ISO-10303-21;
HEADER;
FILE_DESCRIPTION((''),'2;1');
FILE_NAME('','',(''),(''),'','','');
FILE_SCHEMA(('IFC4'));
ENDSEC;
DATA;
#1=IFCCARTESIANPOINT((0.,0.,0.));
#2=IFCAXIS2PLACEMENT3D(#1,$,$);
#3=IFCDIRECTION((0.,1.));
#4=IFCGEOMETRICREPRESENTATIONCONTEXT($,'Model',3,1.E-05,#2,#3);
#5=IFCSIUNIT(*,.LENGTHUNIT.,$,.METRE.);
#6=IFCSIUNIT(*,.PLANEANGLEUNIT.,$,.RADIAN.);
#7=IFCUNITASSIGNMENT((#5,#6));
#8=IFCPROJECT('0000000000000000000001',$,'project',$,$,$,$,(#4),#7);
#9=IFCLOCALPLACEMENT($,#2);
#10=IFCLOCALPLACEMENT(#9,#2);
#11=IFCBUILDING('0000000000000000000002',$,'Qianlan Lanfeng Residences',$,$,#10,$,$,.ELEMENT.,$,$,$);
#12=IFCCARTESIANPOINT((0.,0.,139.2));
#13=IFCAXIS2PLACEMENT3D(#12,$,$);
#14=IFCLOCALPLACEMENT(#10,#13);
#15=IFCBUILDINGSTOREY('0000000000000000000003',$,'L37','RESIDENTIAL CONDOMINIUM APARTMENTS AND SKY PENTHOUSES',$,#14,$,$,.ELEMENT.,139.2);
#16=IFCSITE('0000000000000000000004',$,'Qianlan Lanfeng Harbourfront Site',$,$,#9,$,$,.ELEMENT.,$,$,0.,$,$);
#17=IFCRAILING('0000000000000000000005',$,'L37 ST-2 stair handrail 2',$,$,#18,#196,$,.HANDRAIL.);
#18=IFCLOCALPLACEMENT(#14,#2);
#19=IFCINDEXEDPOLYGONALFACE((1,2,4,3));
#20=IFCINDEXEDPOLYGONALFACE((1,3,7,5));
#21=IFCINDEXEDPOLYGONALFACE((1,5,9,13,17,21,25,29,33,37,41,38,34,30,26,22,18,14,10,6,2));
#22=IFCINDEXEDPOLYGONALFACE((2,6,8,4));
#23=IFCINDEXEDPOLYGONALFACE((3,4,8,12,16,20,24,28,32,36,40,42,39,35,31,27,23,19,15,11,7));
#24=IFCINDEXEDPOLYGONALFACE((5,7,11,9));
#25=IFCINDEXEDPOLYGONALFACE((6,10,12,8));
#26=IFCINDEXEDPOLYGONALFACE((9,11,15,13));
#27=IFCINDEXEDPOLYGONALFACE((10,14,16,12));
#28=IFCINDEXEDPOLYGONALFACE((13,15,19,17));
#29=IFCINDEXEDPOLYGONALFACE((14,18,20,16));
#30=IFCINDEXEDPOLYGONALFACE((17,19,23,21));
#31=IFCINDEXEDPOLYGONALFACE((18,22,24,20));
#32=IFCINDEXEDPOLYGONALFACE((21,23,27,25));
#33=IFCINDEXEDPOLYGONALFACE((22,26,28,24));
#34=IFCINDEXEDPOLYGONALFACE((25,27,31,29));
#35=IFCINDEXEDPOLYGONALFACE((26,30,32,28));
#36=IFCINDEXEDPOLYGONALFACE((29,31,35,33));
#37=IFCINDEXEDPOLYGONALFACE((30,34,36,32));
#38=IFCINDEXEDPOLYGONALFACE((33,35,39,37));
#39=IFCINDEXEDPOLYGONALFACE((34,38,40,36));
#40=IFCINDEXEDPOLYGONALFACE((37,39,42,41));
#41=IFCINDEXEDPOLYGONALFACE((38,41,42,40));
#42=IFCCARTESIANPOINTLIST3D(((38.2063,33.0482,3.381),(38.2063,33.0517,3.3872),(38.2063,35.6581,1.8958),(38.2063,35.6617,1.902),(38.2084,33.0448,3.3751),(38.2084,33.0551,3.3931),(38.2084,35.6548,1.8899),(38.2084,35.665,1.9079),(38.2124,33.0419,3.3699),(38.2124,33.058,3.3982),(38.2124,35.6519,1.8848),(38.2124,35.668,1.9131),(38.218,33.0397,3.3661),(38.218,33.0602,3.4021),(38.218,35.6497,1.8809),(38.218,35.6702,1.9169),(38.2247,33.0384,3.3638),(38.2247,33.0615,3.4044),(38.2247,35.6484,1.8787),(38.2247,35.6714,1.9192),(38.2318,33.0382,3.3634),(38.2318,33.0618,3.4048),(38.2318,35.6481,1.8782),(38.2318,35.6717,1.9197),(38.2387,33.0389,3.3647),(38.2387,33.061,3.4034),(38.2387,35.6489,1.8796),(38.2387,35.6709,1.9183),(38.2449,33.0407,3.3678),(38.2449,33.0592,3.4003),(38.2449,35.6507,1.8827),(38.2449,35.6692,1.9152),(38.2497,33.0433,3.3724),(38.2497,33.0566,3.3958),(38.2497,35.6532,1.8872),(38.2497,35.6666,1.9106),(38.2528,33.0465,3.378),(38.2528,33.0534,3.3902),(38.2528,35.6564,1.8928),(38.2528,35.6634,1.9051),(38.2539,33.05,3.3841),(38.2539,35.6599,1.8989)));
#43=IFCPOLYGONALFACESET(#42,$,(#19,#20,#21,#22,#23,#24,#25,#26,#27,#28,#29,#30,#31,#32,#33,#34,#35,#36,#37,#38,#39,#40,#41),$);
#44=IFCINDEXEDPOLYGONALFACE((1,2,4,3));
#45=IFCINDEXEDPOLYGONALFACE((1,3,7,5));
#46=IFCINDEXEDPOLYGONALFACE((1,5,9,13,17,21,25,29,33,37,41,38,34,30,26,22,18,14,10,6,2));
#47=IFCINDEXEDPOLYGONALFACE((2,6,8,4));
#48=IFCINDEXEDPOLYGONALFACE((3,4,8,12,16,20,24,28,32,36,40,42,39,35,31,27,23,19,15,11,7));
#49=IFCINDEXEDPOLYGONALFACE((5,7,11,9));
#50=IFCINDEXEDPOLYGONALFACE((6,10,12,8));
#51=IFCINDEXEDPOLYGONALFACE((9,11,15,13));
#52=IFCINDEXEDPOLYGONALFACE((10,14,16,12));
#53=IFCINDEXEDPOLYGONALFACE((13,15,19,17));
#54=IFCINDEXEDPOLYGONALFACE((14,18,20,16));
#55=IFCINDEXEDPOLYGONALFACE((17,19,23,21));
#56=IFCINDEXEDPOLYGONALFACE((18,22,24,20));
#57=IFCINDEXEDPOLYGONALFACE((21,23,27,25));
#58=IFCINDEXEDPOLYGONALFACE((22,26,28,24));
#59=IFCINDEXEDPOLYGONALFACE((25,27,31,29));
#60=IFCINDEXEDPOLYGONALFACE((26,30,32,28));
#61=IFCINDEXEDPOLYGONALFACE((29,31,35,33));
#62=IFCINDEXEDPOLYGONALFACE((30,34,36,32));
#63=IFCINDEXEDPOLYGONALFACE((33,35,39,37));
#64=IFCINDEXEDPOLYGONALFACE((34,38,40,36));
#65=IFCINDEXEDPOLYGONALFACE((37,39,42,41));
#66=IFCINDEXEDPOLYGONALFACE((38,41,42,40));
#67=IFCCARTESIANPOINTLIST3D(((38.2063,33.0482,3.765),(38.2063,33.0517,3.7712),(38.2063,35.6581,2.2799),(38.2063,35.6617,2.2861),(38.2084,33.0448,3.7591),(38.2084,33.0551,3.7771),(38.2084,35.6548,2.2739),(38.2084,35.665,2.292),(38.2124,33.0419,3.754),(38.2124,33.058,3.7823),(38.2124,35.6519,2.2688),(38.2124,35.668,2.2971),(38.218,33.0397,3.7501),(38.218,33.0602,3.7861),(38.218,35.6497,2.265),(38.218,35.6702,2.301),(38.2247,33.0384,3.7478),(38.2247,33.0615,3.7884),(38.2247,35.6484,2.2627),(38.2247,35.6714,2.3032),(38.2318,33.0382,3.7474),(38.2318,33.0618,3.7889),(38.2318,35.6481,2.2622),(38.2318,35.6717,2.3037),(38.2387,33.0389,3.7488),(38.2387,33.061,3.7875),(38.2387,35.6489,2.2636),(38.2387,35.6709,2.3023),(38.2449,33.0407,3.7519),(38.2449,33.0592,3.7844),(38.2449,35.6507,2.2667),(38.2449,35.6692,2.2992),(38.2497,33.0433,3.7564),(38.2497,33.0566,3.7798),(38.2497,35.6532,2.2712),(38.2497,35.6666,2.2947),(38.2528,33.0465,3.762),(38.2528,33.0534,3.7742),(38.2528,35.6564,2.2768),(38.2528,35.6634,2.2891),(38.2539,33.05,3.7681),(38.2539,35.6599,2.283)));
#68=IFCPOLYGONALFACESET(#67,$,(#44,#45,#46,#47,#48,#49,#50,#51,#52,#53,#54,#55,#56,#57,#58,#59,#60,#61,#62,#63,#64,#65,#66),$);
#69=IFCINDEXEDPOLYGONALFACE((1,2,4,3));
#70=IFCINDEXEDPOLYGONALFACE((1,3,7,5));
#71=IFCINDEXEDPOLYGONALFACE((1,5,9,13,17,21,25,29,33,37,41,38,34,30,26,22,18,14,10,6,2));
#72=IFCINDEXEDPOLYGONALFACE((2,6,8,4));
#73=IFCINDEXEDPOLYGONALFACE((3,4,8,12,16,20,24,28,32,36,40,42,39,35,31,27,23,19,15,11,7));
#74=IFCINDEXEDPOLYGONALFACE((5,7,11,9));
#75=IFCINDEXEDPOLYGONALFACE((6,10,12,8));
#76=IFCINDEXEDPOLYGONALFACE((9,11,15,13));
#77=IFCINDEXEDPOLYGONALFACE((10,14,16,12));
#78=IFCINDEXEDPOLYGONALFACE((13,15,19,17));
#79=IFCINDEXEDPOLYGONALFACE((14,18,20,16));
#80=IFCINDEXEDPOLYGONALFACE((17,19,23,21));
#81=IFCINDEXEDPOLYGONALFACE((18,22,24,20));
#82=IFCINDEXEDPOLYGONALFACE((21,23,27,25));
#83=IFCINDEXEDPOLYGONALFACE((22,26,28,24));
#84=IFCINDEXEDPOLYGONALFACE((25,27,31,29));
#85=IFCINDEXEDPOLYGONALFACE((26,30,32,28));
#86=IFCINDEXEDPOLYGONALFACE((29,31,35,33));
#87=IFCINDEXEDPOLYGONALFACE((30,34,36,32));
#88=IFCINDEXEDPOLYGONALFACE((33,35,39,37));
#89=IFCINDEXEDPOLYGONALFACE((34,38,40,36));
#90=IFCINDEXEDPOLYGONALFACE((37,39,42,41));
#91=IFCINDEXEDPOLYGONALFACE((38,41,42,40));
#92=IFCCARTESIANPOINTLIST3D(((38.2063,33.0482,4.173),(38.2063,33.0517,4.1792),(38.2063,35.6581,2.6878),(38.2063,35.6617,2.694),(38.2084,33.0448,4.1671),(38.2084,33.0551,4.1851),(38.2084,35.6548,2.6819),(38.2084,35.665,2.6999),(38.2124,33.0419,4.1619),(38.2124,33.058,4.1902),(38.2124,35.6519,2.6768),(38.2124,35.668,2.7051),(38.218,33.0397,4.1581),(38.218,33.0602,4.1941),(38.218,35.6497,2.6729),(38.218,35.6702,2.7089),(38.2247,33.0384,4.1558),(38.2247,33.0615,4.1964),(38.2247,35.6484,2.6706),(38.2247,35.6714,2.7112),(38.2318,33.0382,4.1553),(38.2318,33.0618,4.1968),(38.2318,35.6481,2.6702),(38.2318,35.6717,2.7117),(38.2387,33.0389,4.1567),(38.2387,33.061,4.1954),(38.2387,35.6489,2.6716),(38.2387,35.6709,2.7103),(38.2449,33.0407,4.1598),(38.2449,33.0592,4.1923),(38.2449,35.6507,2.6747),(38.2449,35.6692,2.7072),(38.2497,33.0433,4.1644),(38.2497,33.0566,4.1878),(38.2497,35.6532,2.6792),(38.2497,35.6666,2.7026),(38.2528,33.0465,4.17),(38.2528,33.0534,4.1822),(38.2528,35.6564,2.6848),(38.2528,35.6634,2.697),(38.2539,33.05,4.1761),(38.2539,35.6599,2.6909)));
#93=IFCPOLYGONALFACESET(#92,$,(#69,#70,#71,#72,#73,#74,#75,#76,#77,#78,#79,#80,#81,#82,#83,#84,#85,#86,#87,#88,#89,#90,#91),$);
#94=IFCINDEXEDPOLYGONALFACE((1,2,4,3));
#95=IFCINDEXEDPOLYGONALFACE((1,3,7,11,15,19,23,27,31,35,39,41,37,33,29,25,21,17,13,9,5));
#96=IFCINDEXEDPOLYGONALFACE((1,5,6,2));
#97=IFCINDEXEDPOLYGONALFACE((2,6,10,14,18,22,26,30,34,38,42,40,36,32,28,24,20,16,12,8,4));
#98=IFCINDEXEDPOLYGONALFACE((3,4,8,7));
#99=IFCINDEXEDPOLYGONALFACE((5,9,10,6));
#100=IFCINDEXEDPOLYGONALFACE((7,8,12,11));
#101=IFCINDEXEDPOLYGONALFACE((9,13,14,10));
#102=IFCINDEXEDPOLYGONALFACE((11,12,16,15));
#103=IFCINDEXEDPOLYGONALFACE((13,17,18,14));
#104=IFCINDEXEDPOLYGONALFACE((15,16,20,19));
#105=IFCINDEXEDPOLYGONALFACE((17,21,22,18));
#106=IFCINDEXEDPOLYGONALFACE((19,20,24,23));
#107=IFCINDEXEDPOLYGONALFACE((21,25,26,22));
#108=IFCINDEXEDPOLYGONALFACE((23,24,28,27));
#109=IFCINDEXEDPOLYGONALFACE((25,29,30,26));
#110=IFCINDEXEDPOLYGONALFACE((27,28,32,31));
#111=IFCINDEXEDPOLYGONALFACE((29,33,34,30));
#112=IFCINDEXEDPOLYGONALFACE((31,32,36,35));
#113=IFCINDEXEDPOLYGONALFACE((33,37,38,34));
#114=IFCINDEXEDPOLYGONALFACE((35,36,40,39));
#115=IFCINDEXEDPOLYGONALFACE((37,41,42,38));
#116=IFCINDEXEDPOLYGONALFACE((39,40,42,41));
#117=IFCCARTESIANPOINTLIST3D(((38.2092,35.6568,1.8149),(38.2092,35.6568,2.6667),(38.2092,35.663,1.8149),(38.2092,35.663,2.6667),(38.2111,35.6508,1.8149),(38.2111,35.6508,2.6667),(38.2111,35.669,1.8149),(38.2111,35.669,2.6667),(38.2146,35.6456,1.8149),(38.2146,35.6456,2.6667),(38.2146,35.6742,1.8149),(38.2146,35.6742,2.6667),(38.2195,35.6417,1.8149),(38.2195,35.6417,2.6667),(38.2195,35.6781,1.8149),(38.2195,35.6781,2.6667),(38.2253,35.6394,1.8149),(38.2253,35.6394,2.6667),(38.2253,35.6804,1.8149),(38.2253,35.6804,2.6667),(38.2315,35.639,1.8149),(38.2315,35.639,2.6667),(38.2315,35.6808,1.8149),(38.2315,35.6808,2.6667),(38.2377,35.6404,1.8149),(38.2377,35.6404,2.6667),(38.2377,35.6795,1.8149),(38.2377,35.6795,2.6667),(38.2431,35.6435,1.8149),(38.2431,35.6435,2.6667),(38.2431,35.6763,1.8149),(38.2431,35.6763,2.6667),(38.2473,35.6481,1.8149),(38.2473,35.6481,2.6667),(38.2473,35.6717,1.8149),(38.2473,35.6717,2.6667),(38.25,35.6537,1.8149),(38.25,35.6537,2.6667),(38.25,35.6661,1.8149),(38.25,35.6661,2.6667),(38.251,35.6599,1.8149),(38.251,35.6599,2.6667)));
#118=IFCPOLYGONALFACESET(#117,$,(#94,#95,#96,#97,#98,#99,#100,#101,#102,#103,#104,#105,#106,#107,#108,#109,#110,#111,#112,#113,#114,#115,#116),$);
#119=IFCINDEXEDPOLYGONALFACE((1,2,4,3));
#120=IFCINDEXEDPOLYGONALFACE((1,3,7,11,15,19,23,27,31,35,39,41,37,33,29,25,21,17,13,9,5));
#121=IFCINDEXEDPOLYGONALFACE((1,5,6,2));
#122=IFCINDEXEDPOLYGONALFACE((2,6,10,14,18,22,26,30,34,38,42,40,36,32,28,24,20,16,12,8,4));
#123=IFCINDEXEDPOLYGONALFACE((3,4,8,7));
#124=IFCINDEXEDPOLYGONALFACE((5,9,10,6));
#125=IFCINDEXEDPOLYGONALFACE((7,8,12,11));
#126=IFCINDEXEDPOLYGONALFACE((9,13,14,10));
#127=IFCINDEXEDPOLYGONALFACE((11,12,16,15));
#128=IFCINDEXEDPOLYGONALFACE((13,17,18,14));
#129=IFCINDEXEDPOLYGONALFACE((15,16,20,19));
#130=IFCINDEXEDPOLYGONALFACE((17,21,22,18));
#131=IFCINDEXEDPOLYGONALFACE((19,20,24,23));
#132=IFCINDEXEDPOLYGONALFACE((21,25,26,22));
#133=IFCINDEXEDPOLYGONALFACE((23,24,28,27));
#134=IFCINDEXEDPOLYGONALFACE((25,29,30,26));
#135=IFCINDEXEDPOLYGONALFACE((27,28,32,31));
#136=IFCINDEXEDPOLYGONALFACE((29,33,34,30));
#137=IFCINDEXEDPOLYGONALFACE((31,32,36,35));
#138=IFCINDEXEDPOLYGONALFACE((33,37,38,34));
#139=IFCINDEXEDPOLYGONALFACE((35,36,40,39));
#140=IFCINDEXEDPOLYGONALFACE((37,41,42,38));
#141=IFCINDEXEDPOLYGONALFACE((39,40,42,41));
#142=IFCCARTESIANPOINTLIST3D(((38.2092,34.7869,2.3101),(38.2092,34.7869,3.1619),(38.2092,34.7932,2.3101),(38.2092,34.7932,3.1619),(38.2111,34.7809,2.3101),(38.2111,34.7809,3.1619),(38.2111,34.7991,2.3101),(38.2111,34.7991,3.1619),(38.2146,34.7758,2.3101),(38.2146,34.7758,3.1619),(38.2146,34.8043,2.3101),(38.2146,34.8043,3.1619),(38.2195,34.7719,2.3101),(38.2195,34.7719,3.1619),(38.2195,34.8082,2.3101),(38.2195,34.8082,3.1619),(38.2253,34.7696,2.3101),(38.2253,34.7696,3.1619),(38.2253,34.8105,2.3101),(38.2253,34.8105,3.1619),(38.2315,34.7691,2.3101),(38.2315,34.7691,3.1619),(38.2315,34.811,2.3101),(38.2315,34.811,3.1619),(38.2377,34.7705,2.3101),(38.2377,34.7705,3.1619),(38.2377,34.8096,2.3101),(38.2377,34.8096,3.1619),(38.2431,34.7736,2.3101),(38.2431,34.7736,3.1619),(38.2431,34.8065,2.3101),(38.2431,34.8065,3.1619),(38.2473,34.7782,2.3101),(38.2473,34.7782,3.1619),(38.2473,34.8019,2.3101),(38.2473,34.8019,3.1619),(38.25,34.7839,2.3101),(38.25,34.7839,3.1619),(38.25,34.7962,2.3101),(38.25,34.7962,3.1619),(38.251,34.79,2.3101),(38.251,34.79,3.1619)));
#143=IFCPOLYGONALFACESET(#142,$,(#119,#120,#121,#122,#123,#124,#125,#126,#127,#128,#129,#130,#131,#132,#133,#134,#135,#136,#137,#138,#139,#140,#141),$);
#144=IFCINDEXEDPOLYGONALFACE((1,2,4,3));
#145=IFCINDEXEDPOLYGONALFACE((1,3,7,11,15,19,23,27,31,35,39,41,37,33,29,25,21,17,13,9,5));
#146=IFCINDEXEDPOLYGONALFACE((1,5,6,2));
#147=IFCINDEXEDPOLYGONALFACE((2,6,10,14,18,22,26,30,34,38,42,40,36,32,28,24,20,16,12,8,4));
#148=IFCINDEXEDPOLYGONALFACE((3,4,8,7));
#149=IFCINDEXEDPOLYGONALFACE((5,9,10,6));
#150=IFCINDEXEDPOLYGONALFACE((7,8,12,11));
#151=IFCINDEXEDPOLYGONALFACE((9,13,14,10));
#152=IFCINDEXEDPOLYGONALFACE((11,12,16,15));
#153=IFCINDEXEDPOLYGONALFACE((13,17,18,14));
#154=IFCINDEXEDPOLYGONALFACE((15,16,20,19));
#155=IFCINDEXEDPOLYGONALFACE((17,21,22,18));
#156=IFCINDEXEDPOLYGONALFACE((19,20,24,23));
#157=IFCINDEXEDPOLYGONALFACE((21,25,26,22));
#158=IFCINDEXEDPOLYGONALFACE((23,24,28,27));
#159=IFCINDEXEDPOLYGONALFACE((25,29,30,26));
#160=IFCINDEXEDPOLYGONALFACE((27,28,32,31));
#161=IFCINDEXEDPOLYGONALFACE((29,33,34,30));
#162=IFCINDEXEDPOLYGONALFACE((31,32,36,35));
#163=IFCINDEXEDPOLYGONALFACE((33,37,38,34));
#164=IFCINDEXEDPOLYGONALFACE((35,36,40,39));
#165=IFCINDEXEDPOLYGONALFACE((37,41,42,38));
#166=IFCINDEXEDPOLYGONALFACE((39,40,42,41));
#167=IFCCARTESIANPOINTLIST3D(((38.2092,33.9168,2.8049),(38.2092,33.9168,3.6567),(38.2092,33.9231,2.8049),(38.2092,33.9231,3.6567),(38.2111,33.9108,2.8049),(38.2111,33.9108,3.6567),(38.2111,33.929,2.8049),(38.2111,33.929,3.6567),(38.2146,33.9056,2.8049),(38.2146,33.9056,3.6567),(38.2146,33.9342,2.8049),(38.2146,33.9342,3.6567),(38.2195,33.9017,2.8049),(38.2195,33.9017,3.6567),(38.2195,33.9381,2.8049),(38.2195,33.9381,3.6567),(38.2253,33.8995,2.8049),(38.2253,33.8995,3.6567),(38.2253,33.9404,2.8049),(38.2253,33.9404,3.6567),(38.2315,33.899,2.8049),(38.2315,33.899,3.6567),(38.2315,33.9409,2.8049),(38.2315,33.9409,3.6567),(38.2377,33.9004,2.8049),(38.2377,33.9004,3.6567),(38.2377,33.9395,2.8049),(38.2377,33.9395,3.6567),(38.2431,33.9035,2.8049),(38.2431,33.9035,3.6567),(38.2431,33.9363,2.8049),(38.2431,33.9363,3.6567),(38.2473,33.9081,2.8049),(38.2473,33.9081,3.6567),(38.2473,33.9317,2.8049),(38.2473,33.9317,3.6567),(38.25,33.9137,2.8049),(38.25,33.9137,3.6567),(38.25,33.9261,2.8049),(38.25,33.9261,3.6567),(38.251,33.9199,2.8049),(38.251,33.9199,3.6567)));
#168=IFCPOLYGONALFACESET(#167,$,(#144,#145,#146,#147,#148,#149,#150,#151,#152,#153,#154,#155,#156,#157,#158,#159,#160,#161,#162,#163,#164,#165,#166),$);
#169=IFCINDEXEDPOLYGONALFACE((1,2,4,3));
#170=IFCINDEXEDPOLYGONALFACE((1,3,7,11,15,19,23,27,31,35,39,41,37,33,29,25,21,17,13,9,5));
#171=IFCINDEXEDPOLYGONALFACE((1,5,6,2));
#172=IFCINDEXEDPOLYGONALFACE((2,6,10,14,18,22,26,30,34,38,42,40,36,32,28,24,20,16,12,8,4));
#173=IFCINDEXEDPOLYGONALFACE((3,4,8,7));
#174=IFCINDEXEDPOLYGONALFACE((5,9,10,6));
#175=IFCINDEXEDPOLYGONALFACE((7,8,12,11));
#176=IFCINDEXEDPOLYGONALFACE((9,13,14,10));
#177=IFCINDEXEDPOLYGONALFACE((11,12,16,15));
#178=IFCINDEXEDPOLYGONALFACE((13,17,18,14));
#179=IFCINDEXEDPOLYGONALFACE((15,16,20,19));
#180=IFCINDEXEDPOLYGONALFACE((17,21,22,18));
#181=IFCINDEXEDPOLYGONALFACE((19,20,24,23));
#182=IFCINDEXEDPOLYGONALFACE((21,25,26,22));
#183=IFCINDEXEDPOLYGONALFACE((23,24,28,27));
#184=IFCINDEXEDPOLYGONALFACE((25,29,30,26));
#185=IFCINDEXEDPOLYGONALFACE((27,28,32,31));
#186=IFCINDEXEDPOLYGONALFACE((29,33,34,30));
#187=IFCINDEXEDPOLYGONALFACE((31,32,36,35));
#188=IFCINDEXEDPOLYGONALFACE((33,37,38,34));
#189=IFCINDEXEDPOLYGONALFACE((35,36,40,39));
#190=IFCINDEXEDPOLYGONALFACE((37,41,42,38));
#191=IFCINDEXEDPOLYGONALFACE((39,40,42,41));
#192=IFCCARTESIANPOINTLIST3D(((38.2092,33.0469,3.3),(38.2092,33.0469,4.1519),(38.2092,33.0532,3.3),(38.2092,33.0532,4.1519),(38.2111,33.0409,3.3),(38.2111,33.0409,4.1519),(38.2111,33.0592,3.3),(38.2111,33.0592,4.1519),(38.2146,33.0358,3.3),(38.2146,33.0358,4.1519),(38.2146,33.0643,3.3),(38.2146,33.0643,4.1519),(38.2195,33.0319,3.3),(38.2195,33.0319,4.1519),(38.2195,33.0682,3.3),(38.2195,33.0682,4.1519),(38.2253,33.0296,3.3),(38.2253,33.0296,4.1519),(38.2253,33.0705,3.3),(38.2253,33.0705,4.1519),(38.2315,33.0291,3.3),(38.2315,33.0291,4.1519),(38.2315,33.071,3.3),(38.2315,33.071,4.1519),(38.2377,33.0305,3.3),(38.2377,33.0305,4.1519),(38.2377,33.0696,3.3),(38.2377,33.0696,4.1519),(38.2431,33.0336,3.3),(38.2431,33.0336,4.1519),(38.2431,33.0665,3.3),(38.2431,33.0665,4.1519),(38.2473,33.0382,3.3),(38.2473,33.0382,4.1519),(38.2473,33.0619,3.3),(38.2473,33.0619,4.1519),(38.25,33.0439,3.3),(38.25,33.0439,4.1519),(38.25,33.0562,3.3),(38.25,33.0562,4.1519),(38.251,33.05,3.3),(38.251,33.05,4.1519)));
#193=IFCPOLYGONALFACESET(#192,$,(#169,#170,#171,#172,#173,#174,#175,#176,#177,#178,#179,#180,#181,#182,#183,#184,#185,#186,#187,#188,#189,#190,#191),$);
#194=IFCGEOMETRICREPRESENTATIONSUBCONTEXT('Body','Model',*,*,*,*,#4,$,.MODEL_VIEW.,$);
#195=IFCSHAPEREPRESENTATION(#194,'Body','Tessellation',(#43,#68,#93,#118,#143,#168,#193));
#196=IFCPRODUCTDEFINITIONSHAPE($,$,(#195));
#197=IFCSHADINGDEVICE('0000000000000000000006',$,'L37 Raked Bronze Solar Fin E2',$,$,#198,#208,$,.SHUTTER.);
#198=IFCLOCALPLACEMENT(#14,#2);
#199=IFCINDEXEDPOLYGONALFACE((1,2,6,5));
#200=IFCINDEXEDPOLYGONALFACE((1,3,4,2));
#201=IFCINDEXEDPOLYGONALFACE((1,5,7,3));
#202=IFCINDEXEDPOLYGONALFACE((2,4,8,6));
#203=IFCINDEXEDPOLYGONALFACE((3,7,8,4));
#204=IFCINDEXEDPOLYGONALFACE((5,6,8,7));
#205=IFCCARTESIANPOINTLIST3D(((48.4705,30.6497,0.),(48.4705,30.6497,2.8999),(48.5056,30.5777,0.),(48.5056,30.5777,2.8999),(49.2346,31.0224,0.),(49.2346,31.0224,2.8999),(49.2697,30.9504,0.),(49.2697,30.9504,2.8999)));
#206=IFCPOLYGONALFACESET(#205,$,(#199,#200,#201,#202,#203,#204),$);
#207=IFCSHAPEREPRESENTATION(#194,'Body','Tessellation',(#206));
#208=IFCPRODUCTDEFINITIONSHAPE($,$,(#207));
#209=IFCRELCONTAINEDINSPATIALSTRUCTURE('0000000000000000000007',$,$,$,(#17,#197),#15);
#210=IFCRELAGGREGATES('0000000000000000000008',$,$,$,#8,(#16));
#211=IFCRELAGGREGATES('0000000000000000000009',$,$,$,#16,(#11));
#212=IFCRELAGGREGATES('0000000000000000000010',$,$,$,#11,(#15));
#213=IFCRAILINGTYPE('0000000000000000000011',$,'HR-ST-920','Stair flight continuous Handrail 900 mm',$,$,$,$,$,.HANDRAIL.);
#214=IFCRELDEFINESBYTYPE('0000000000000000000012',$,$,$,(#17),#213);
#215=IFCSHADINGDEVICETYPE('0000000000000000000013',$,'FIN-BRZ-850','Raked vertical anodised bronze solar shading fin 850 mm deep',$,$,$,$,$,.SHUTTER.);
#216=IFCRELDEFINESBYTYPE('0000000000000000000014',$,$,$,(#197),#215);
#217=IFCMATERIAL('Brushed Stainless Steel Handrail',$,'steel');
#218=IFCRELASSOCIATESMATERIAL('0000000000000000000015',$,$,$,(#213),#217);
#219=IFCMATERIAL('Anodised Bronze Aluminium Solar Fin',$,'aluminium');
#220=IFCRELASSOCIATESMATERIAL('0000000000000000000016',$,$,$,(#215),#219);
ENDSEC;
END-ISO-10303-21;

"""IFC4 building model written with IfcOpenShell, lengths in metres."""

from ifc_helpers import new_model, si_unit, direction, frame, origin, origin_2d, place, context, subcontext, project, spatial, rectangle, circle, extrude, source, transform, mapped, material, type_object, element, save


model = new_model("IFC4")

# Units and contexts
model_context = context("Model", 3, precision=1e-05, world=origin(), true_north=direction((0.0, 1.0)))
body_context = subcontext(model_context, "Body", "Model", "MODEL_VIEW")
ifc_project = project(units=[si_unit("LENGTHUNIT", "METRE"), si_unit("PLANEANGLEUNIT", "RADIAN")], contexts=[model_context])

# Site, building, storey
site_placement = place(None, origin())
site = spatial("IfcSite", under=ifc_project, at=site_placement, Name="Qianlan Lanfeng Harbourfront Site", CompositionType="ELEMENT", RefElevation=0.0)
building_placement = place(site_placement, origin())
building = spatial("IfcBuilding", under=site, at=building_placement, Name="Qianlan Lanfeng Residences", CompositionType="ELEMENT")
storey_placement = place(building_placement, frame((0.0, 0.0, 139.2)))
storey = spatial("IfcBuildingStorey", under=building, at=storey_placement, Name="L37", Description="RESIDENTIAL CONDOMINIUM APARTMENTS AND SKY PENTHOUSES", CompositionType="ELEMENT", Elevation=139.2)

# Railing
ifc_material_1 = material(Name="Brushed Stainless Steel Handrail", Category="steel")
railing_type_1 = type_object("IfcRailingType", Name="HR-ST-920", Description="Stair flight continuous Handrail 900 mm", PredefinedType="HANDRAIL", material=ifc_material_1)
railing_1_placement = place(storey_placement, frame((38.23, 35.6599, 1.8149)))
element("IfcRailing", 1, at=railing_1_placement, inside=storey, type_object=railing_type_1, Name="L37 ST-2 stair handrail 2", PredefinedType="HANDRAIL", context=body_context, shape_type="SweptSolid", body=[
    extrude(circle(Radius=0.0239, at=origin_2d()), frame((0.0, 0.0, 0.084), z_axis=(0.0, -0.869137, 0.494571), x_axis=(1.0, 0.0, 0.0)), (0.0, 0.0, 1.0), 3.0029),
    extrude(circle(Radius=0.0239, at=origin_2d()), frame((0.0, 0.0, 0.468), z_axis=(0.0, -0.869137, 0.494571), x_axis=(1.0, 0.0, 0.0)), (0.0, 0.0, 1.0), 3.0029),
    extrude(circle(Radius=0.0239, at=origin_2d()), frame((0.0, 0.0, 0.876), z_axis=(0.0, -0.869137, 0.494571), x_axis=(1.0, 0.0, 0.0)), (0.0, 0.0, 1.0), 3.0029),
    extrude(circle(Radius=0.021, at=origin_2d()), origin(), (0.0, 0.0, 1.0), 0.8518),
    extrude(circle(Radius=0.021, at=origin_2d()), frame((0.0, -0.8699, 0.4951)), (0.0, 0.0, 1.0), 0.8518),
    extrude(circle(Radius=0.021, at=origin_2d()), frame((0.0, -1.74, 0.99)), (0.0, 0.0, 1.0), 0.8518),
    extrude(circle(Radius=0.021, at=origin_2d()), frame((0.0, -2.6099, 1.4851)), (0.0, 0.0, 1.0), 0.8518),
])

# Shading device
ifc_material_2 = material(Name="Anodised Bronze Aluminium Solar Fin", Category="aluminium")
shading_device_type = type_object("IfcShadingDeviceType", Name="FIN-BRZ-850", Description="Raked vertical anodised bronze solar shading fin 850 mm deep", PredefinedType="SHUTTER", material=ifc_material_2)
shared_shape_1 = source(origin(), body_context, "Body", "SweptSolid", [
    extrude(rectangle(XDim=0.8501, YDim=0.0801, at=origin_2d()), origin(), (0.0, 0.0, 1.0), 2.8999),
])
shading_device_placement = place(storey_placement, frame((48.8701, 30.8, 0.0), z_axis=(0.0, 0.0, 1.0), x_axis=(0.898794, 0.438371, 0.0)))
element("IfcShadingDevice", 2, at=shading_device_placement, inside=storey, type_object=shading_device_type, Name="L37 Raked Bronze Solar Fin E2", PredefinedType="SHUTTER", context=body_context, shape_type="MappedRepresentation", body=[
    mapped(shared_shape_1, transform((0.0, 0.0, 0.0), scale=1.0)),
])

save(model, "model.ifc")
